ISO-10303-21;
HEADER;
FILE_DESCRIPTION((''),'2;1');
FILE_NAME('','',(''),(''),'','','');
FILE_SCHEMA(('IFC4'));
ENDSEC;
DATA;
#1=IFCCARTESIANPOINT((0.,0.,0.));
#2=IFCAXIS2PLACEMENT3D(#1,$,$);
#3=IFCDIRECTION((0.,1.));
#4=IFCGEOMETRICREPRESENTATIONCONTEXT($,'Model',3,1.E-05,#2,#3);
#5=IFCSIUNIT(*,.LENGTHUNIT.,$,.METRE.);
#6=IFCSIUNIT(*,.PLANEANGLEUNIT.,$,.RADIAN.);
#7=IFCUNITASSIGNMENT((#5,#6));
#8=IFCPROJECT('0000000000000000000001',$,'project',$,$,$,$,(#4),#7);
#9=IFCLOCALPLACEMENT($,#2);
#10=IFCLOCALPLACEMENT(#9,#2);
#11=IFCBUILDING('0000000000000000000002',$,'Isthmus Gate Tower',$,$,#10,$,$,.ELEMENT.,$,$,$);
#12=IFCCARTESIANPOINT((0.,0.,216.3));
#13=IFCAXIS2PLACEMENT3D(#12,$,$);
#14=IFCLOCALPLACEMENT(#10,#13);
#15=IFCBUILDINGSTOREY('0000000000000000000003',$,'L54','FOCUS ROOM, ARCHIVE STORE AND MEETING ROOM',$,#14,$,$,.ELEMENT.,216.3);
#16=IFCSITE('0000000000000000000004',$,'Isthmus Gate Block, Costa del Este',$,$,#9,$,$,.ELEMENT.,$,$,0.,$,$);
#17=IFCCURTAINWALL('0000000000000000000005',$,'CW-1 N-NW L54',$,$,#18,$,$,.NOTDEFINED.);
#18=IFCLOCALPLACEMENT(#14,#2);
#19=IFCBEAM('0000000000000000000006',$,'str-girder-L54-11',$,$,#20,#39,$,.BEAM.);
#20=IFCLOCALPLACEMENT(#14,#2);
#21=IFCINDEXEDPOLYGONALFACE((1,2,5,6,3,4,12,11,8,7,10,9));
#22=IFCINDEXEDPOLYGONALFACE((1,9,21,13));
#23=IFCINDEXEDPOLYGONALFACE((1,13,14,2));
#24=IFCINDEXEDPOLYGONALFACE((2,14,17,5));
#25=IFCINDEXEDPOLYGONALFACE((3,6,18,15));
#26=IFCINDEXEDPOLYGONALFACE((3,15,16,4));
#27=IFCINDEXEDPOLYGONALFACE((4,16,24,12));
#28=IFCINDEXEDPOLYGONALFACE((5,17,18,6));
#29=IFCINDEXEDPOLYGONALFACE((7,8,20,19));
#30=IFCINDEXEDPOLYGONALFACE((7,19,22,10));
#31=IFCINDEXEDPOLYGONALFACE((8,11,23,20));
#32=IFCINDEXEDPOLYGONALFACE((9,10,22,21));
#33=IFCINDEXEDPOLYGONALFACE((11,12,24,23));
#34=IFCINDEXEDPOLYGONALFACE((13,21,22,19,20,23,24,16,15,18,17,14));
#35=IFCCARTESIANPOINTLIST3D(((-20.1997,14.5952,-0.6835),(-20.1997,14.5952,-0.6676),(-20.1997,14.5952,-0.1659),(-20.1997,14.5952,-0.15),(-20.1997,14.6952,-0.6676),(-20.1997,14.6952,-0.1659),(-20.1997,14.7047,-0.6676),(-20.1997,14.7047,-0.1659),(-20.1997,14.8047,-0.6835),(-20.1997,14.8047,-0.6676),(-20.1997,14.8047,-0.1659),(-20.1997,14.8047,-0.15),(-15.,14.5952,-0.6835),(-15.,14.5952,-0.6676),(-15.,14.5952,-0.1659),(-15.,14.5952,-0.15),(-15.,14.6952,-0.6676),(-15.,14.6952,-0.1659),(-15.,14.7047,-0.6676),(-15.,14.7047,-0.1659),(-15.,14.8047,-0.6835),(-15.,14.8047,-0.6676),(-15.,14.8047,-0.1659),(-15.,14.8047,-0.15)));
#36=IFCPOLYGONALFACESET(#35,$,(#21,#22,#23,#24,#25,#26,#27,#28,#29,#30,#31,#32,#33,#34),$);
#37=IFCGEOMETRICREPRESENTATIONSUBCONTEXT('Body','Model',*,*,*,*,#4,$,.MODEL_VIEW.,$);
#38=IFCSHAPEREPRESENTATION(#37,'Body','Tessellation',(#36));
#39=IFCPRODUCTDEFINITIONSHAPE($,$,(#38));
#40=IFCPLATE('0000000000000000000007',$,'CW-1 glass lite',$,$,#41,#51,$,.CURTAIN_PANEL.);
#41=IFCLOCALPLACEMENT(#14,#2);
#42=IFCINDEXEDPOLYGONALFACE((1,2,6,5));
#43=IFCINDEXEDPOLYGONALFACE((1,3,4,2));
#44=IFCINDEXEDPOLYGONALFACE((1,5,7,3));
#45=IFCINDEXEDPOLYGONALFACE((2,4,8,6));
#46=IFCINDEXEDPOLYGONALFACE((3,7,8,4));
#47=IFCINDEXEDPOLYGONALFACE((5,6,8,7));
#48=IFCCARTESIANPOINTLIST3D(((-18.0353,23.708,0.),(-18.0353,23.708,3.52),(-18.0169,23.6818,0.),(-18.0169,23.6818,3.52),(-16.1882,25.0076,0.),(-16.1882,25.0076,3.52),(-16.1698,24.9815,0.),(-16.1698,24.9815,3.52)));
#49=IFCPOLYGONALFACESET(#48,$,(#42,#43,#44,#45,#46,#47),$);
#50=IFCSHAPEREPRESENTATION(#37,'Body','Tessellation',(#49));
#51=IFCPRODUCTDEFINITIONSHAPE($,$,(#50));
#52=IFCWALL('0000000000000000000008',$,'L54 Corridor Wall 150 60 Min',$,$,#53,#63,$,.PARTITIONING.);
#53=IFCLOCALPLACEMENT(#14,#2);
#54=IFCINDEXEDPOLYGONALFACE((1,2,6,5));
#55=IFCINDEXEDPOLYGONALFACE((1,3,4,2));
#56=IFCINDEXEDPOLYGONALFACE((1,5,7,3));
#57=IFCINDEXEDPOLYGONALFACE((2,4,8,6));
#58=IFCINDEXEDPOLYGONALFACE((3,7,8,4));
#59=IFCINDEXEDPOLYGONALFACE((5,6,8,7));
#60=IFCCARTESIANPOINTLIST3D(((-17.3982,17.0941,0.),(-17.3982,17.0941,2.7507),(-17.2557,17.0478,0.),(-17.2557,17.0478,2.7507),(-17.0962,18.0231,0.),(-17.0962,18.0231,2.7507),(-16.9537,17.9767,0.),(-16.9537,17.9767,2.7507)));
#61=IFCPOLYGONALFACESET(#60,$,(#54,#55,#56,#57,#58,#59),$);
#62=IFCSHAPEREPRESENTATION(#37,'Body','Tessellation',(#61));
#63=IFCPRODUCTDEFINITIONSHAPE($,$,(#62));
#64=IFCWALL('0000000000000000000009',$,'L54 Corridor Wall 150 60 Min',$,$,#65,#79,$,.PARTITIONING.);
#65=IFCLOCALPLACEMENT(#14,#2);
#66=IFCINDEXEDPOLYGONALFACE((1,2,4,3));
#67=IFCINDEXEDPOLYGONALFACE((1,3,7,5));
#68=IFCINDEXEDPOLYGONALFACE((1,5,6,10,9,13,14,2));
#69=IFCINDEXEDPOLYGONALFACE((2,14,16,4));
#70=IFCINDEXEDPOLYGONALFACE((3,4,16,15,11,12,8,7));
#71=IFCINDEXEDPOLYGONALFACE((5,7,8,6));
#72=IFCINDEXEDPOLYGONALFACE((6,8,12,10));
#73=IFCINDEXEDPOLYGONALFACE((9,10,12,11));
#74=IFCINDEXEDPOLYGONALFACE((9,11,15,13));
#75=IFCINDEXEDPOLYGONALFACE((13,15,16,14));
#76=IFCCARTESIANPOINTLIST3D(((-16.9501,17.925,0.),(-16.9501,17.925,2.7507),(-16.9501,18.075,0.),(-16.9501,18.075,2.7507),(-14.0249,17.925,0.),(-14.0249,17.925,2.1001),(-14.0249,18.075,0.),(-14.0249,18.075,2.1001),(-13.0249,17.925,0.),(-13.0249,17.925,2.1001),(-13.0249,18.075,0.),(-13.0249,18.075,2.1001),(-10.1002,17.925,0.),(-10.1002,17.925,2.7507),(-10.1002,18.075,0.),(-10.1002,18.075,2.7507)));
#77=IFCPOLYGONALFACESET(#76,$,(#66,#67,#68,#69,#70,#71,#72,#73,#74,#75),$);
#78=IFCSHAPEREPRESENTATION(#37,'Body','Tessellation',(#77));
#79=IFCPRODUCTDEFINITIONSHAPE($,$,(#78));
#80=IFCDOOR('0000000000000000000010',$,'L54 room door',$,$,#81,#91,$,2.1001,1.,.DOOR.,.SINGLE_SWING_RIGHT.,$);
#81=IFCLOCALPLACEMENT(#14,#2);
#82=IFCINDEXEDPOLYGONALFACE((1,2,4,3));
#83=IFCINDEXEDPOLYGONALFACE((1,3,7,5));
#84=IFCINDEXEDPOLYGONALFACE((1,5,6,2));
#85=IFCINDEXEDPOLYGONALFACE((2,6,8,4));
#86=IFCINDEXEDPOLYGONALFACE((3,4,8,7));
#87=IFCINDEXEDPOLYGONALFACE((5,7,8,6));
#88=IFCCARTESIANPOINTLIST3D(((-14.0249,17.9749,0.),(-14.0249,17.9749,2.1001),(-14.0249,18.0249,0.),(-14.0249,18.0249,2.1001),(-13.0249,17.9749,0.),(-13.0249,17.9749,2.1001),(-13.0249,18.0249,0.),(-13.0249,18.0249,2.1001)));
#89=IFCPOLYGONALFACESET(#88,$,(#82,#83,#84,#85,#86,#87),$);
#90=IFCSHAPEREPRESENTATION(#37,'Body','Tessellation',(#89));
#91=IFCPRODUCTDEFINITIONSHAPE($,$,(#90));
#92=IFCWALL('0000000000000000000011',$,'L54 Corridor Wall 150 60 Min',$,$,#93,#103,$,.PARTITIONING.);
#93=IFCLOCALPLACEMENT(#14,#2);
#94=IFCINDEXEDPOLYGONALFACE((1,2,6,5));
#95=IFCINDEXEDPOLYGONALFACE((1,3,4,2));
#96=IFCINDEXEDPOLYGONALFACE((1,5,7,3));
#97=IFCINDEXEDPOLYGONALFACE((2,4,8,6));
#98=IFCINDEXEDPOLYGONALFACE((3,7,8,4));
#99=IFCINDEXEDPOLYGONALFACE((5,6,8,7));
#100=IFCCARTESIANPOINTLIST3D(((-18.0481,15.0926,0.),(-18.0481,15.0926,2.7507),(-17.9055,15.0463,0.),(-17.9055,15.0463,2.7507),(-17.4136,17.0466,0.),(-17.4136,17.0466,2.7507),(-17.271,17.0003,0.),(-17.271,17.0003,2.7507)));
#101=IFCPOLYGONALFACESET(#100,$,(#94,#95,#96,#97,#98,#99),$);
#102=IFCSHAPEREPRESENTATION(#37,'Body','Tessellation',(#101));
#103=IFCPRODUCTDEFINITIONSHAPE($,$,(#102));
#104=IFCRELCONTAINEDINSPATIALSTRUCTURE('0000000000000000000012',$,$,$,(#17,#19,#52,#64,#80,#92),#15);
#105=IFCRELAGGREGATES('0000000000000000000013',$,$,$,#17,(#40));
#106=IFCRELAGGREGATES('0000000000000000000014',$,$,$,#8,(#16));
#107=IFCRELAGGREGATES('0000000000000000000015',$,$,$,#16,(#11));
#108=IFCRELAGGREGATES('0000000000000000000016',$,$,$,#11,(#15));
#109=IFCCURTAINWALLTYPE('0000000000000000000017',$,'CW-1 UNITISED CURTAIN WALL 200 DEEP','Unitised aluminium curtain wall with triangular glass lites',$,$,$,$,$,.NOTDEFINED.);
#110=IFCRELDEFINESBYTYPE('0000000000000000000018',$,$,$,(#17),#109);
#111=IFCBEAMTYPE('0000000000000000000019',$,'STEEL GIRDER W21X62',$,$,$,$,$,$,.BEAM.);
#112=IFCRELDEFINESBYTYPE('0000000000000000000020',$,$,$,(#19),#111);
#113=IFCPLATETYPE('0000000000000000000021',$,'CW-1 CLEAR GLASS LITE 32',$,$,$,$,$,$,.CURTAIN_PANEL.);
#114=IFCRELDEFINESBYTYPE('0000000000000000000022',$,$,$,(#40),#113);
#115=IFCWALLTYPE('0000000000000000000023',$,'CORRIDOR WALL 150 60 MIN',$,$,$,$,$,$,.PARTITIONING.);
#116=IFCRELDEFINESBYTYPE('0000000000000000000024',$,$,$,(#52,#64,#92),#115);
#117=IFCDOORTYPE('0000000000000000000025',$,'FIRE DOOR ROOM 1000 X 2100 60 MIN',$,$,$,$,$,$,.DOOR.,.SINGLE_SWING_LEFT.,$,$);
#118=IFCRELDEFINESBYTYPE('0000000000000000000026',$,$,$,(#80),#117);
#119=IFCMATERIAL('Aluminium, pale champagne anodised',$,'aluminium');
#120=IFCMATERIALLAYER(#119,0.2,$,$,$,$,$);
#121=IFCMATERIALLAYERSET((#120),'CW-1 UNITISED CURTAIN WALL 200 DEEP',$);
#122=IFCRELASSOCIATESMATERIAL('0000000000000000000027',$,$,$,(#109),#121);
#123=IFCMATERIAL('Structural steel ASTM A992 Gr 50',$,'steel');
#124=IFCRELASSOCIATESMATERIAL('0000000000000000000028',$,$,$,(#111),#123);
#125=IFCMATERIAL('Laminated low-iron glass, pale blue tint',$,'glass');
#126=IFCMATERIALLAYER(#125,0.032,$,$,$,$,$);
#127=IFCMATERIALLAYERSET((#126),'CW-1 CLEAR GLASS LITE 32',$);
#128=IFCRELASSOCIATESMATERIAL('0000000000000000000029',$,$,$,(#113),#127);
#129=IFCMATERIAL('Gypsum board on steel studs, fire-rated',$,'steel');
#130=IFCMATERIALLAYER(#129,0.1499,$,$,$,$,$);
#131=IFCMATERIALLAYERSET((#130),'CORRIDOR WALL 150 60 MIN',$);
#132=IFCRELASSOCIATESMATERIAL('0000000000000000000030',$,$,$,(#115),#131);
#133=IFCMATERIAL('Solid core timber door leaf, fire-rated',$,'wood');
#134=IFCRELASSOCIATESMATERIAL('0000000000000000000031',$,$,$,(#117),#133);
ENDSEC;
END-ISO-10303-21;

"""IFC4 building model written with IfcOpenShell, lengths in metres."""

from ifc_helpers import new_model, si_unit, direction, frame, frame_2d, origin, origin_2d, place, context, subcontext, project, spatial, rectangle, i_section, extrude, material, layer, layer_set, material_profile, profile_set, type_object, element, fill, aggregate, save


model = new_model("IFC4")

# Units and contexts
model_context = context("Model", 3, precision=1e-05, world=origin(), true_north=direction((0.0, 1.0)))
body_context = subcontext(model_context, "Body", "Model", "MODEL_VIEW")
ifc_project = project(units=[si_unit("LENGTHUNIT", "METRE"), si_unit("PLANEANGLEUNIT", "RADIAN")], contexts=[model_context])

# Site, building, storey
site_placement = place(None, origin())
site = spatial("IfcSite", under=ifc_project, at=site_placement, Name="Isthmus Gate Block, Costa del Este", CompositionType="ELEMENT", RefElevation=0.0)
building_placement = place(site_placement, origin())
building = spatial("IfcBuilding", under=site, at=building_placement, Name="Isthmus Gate Tower", CompositionType="ELEMENT")
storey_placement = place(building_placement, frame((0.0, 0.0, 216.3)))
storey = spatial("IfcBuildingStorey", under=building, at=storey_placement, Name="L54", Description="FOCUS ROOM, ARCHIVE STORE AND MEETING ROOM", CompositionType="ELEMENT", Elevation=216.3)

# Curtain wall
ifc_material_1 = material(Name="Aluminium, pale champagne anodised", Category="aluminium")
ifc_layer_1 = layer(ifc_material_1, 0.2)
ifc_layer_set_1 = layer_set([ifc_layer_1], Name="CW-1 UNITISED CURTAIN WALL 200 DEEP")
curtain_wall_type = type_object("IfcCurtainWallType", Name="CW-1 UNITISED CURTAIN WALL 200 DEEP", Description="Unitised aluminium curtain wall with triangular glass lites", PredefinedType="NOTDEFINED", material=ifc_layer_set_1)
curtain_wall_1_placement = place(storey_placement, origin())
curtain_wall_1 = element("IfcCurtainWall", 1, at=curtain_wall_1_placement, inside=storey, type_object=curtain_wall_type, Name="CW-1 N-NW L54", PredefinedType="NOTDEFINED")

# Beam
ifc_material_2 = material(Name="Structural steel ASTM A992 Gr 50", Category="steel")
ifc_material_profile_1 = material_profile(ifc_material_2, i_section(OverallWidth=0.2095, OverallDepth=0.5334, WebThickness=0.0095, FlangeThickness=0.0159, at=origin_2d()), Name="W21X62")
ifc_profile_set_1 = profile_set([ifc_material_profile_1], Name="Structural steel ASTM A992 Gr 50")
beam_type_1 = type_object("IfcBeamType", Name="STEEL GIRDER W21X62", PredefinedType="BEAM", material=ifc_profile_set_1)
beam_1_placement = place(storey_placement, frame((-15.0, 14.7, -0.4167), z_axis=(-1.0, 0.0, 0.0), x_axis=(0.0, -1.0, 0.0)))
element("IfcBeam", 2, at=beam_1_placement, inside=storey, type_object=beam_type_1, Name="str-girder-L54-11", PredefinedType="BEAM", context=body_context, shape_type="SweptSolid", body=[
    extrude(i_section(OverallWidth=0.2095, OverallDepth=0.5334, WebThickness=0.0095, FlangeThickness=0.0159, at=origin_2d()), origin(), (0.0, 0.0, 1.0), 5.1997),
])

# Plate
ifc_material_3 = material(Name="Laminated low-iron glass, pale blue tint", Category="glass")
ifc_layer_2 = layer(ifc_material_3, 0.032)
ifc_layer_set_2 = layer_set([ifc_layer_2], Name="CW-1 CLEAR GLASS LITE 32")
plate_type = type_object("IfcPlateType", Name="CW-1 CLEAR GLASS LITE 32", PredefinedType="CURTAIN_PANEL", material=ifc_layer_set_2)
plate_placement = place(storey_placement, frame((-17.1025, 24.3447, 0.0), z_axis=(0.0, 0.0, 1.0), x_axis=(-0.81786, -0.575418, 0.0)))
plate = element("IfcPlate", 3, at=plate_placement, type_object=plate_type, Name="CW-1 glass lite", PredefinedType="CURTAIN_PANEL", context=body_context, shape_type="SweptSolid", body=[
    extrude(rectangle(XDim=2.2585, YDim=0.032, at=origin_2d()), origin(), (0.0, 0.0, 1.0), 3.52),
])
aggregate(curtain_wall_1, [plate])

# Wall
ifc_material_4 = material(Name="Gypsum board on steel studs, fire-rated", Category="steel")
ifc_layer_3 = layer(ifc_material_4, 0.1499)
ifc_layer_set_3 = layer_set([ifc_layer_3], Name="CORRIDOR WALL 150 60 MIN")
wall_type_1 = type_object("IfcWallType", Name="CORRIDOR WALL 150 60 MIN", PredefinedType="PARTITIONING", material=ifc_layer_set_3)
wall_1_placement = place(storey_placement, frame((-17.3269, 17.071, 0.0), z_axis=(0.0, 0.0, 1.0), x_axis=(0.309171, 0.951007, 0.0)))
element("IfcWall", 4, at=wall_1_placement, inside=storey, type_object=wall_type_1, Name="L54 Corridor Wall 150 60 Min", PredefinedType="PARTITIONING", context=body_context, shape_type="SweptSolid", body=[
    extrude(rectangle(XDim=0.9768, YDim=0.1499, at=frame_2d((0.4883, 0.0))), origin(), (0.0, 0.0, 1.0), 2.7507),
])

# Wall, opening, door
wall_2_placement = place(storey_placement, frame((-16.95, 18.0, 0.0), z_axis=(0.0, 0.0, 1.0), x_axis=(1.0, 0.0, 0.0)))
wall_2 = element("IfcWall", 5, at=wall_2_placement, inside=storey, type_object=wall_type_1, Name="L54 Corridor Wall 150 60 Min", PredefinedType="PARTITIONING", context=body_context, shape_type="SweptSolid", body=[
    extrude(rectangle(XDim=6.8499, YDim=0.1499, at=frame_2d((3.4248, 0.0))), origin(), (0.0, 0.0, 1.0), 2.7507),
])
opening_1_placement = place(wall_2_placement, frame((2.925, 0.0, 0.0)))
opening_1 = element("IfcOpeningElement", 6, at=opening_1_placement, cuts=wall_2, PredefinedType="OPENING", context=body_context, shape_type="SweptSolid", body=[
    extrude(rectangle(XDim=1.0, YDim=2.1001, at=frame_2d((0.5, 1.05))), frame((0.0, 0.085, 0.0), z_axis=(0.0, -1.0, 0.0), x_axis=(1.0, 0.0, 0.0)), (0.0, 0.0, 1.0), 0.1699),
])
ifc_material_5 = material(Name="Solid core timber door leaf, fire-rated", Category="wood")
door_type_1 = type_object("IfcDoorType", Name="FIRE DOOR ROOM 1000 X 2100 60 MIN", OperationType="SINGLE_SWING_LEFT", PredefinedType="DOOR", material=ifc_material_5)
door_1_placement = place(opening_1_placement, origin())
door_1 = element("IfcDoor", 7, at=door_1_placement, inside=storey, type_object=door_type_1, Name="L54 room door", OperationType="SINGLE_SWING_RIGHT", OverallHeight=2.1001, OverallWidth=1.0, PredefinedType="DOOR", context=body_context, shape_type="SweptSolid", body=[
    extrude(rectangle(XDim=1.0, YDim=2.1001, at=frame_2d((0.5, 1.05))), frame((0.0, 0.0249, 0.0), z_axis=(0.0, -1.0, 0.0), x_axis=(1.0, 0.0, 0.0)), (0.0, 0.0, 1.0), 0.05),
])
fill(opening_1, door_1)

# Wall
wall_3_placement = place(storey_placement, frame((-17.9768, 15.0693, 0.0), z_axis=(0.0, 0.0, 1.0), x_axis=(0.308839, 0.951114, 0.0)))
element("IfcWall", 8, at=wall_3_placement, inside=storey, type_object=wall_type_1, Name="L54 Corridor Wall 150 60 Min", PredefinedType="PARTITIONING", context=body_context, shape_type="SweptSolid", body=[
    extrude(rectangle(XDim=2.0544, YDim=0.1499, at=frame_2d((1.0273, 0.0))), origin(), (0.0, 0.0, 1.0), 2.7507),
])

save(model, "model.ifc")
